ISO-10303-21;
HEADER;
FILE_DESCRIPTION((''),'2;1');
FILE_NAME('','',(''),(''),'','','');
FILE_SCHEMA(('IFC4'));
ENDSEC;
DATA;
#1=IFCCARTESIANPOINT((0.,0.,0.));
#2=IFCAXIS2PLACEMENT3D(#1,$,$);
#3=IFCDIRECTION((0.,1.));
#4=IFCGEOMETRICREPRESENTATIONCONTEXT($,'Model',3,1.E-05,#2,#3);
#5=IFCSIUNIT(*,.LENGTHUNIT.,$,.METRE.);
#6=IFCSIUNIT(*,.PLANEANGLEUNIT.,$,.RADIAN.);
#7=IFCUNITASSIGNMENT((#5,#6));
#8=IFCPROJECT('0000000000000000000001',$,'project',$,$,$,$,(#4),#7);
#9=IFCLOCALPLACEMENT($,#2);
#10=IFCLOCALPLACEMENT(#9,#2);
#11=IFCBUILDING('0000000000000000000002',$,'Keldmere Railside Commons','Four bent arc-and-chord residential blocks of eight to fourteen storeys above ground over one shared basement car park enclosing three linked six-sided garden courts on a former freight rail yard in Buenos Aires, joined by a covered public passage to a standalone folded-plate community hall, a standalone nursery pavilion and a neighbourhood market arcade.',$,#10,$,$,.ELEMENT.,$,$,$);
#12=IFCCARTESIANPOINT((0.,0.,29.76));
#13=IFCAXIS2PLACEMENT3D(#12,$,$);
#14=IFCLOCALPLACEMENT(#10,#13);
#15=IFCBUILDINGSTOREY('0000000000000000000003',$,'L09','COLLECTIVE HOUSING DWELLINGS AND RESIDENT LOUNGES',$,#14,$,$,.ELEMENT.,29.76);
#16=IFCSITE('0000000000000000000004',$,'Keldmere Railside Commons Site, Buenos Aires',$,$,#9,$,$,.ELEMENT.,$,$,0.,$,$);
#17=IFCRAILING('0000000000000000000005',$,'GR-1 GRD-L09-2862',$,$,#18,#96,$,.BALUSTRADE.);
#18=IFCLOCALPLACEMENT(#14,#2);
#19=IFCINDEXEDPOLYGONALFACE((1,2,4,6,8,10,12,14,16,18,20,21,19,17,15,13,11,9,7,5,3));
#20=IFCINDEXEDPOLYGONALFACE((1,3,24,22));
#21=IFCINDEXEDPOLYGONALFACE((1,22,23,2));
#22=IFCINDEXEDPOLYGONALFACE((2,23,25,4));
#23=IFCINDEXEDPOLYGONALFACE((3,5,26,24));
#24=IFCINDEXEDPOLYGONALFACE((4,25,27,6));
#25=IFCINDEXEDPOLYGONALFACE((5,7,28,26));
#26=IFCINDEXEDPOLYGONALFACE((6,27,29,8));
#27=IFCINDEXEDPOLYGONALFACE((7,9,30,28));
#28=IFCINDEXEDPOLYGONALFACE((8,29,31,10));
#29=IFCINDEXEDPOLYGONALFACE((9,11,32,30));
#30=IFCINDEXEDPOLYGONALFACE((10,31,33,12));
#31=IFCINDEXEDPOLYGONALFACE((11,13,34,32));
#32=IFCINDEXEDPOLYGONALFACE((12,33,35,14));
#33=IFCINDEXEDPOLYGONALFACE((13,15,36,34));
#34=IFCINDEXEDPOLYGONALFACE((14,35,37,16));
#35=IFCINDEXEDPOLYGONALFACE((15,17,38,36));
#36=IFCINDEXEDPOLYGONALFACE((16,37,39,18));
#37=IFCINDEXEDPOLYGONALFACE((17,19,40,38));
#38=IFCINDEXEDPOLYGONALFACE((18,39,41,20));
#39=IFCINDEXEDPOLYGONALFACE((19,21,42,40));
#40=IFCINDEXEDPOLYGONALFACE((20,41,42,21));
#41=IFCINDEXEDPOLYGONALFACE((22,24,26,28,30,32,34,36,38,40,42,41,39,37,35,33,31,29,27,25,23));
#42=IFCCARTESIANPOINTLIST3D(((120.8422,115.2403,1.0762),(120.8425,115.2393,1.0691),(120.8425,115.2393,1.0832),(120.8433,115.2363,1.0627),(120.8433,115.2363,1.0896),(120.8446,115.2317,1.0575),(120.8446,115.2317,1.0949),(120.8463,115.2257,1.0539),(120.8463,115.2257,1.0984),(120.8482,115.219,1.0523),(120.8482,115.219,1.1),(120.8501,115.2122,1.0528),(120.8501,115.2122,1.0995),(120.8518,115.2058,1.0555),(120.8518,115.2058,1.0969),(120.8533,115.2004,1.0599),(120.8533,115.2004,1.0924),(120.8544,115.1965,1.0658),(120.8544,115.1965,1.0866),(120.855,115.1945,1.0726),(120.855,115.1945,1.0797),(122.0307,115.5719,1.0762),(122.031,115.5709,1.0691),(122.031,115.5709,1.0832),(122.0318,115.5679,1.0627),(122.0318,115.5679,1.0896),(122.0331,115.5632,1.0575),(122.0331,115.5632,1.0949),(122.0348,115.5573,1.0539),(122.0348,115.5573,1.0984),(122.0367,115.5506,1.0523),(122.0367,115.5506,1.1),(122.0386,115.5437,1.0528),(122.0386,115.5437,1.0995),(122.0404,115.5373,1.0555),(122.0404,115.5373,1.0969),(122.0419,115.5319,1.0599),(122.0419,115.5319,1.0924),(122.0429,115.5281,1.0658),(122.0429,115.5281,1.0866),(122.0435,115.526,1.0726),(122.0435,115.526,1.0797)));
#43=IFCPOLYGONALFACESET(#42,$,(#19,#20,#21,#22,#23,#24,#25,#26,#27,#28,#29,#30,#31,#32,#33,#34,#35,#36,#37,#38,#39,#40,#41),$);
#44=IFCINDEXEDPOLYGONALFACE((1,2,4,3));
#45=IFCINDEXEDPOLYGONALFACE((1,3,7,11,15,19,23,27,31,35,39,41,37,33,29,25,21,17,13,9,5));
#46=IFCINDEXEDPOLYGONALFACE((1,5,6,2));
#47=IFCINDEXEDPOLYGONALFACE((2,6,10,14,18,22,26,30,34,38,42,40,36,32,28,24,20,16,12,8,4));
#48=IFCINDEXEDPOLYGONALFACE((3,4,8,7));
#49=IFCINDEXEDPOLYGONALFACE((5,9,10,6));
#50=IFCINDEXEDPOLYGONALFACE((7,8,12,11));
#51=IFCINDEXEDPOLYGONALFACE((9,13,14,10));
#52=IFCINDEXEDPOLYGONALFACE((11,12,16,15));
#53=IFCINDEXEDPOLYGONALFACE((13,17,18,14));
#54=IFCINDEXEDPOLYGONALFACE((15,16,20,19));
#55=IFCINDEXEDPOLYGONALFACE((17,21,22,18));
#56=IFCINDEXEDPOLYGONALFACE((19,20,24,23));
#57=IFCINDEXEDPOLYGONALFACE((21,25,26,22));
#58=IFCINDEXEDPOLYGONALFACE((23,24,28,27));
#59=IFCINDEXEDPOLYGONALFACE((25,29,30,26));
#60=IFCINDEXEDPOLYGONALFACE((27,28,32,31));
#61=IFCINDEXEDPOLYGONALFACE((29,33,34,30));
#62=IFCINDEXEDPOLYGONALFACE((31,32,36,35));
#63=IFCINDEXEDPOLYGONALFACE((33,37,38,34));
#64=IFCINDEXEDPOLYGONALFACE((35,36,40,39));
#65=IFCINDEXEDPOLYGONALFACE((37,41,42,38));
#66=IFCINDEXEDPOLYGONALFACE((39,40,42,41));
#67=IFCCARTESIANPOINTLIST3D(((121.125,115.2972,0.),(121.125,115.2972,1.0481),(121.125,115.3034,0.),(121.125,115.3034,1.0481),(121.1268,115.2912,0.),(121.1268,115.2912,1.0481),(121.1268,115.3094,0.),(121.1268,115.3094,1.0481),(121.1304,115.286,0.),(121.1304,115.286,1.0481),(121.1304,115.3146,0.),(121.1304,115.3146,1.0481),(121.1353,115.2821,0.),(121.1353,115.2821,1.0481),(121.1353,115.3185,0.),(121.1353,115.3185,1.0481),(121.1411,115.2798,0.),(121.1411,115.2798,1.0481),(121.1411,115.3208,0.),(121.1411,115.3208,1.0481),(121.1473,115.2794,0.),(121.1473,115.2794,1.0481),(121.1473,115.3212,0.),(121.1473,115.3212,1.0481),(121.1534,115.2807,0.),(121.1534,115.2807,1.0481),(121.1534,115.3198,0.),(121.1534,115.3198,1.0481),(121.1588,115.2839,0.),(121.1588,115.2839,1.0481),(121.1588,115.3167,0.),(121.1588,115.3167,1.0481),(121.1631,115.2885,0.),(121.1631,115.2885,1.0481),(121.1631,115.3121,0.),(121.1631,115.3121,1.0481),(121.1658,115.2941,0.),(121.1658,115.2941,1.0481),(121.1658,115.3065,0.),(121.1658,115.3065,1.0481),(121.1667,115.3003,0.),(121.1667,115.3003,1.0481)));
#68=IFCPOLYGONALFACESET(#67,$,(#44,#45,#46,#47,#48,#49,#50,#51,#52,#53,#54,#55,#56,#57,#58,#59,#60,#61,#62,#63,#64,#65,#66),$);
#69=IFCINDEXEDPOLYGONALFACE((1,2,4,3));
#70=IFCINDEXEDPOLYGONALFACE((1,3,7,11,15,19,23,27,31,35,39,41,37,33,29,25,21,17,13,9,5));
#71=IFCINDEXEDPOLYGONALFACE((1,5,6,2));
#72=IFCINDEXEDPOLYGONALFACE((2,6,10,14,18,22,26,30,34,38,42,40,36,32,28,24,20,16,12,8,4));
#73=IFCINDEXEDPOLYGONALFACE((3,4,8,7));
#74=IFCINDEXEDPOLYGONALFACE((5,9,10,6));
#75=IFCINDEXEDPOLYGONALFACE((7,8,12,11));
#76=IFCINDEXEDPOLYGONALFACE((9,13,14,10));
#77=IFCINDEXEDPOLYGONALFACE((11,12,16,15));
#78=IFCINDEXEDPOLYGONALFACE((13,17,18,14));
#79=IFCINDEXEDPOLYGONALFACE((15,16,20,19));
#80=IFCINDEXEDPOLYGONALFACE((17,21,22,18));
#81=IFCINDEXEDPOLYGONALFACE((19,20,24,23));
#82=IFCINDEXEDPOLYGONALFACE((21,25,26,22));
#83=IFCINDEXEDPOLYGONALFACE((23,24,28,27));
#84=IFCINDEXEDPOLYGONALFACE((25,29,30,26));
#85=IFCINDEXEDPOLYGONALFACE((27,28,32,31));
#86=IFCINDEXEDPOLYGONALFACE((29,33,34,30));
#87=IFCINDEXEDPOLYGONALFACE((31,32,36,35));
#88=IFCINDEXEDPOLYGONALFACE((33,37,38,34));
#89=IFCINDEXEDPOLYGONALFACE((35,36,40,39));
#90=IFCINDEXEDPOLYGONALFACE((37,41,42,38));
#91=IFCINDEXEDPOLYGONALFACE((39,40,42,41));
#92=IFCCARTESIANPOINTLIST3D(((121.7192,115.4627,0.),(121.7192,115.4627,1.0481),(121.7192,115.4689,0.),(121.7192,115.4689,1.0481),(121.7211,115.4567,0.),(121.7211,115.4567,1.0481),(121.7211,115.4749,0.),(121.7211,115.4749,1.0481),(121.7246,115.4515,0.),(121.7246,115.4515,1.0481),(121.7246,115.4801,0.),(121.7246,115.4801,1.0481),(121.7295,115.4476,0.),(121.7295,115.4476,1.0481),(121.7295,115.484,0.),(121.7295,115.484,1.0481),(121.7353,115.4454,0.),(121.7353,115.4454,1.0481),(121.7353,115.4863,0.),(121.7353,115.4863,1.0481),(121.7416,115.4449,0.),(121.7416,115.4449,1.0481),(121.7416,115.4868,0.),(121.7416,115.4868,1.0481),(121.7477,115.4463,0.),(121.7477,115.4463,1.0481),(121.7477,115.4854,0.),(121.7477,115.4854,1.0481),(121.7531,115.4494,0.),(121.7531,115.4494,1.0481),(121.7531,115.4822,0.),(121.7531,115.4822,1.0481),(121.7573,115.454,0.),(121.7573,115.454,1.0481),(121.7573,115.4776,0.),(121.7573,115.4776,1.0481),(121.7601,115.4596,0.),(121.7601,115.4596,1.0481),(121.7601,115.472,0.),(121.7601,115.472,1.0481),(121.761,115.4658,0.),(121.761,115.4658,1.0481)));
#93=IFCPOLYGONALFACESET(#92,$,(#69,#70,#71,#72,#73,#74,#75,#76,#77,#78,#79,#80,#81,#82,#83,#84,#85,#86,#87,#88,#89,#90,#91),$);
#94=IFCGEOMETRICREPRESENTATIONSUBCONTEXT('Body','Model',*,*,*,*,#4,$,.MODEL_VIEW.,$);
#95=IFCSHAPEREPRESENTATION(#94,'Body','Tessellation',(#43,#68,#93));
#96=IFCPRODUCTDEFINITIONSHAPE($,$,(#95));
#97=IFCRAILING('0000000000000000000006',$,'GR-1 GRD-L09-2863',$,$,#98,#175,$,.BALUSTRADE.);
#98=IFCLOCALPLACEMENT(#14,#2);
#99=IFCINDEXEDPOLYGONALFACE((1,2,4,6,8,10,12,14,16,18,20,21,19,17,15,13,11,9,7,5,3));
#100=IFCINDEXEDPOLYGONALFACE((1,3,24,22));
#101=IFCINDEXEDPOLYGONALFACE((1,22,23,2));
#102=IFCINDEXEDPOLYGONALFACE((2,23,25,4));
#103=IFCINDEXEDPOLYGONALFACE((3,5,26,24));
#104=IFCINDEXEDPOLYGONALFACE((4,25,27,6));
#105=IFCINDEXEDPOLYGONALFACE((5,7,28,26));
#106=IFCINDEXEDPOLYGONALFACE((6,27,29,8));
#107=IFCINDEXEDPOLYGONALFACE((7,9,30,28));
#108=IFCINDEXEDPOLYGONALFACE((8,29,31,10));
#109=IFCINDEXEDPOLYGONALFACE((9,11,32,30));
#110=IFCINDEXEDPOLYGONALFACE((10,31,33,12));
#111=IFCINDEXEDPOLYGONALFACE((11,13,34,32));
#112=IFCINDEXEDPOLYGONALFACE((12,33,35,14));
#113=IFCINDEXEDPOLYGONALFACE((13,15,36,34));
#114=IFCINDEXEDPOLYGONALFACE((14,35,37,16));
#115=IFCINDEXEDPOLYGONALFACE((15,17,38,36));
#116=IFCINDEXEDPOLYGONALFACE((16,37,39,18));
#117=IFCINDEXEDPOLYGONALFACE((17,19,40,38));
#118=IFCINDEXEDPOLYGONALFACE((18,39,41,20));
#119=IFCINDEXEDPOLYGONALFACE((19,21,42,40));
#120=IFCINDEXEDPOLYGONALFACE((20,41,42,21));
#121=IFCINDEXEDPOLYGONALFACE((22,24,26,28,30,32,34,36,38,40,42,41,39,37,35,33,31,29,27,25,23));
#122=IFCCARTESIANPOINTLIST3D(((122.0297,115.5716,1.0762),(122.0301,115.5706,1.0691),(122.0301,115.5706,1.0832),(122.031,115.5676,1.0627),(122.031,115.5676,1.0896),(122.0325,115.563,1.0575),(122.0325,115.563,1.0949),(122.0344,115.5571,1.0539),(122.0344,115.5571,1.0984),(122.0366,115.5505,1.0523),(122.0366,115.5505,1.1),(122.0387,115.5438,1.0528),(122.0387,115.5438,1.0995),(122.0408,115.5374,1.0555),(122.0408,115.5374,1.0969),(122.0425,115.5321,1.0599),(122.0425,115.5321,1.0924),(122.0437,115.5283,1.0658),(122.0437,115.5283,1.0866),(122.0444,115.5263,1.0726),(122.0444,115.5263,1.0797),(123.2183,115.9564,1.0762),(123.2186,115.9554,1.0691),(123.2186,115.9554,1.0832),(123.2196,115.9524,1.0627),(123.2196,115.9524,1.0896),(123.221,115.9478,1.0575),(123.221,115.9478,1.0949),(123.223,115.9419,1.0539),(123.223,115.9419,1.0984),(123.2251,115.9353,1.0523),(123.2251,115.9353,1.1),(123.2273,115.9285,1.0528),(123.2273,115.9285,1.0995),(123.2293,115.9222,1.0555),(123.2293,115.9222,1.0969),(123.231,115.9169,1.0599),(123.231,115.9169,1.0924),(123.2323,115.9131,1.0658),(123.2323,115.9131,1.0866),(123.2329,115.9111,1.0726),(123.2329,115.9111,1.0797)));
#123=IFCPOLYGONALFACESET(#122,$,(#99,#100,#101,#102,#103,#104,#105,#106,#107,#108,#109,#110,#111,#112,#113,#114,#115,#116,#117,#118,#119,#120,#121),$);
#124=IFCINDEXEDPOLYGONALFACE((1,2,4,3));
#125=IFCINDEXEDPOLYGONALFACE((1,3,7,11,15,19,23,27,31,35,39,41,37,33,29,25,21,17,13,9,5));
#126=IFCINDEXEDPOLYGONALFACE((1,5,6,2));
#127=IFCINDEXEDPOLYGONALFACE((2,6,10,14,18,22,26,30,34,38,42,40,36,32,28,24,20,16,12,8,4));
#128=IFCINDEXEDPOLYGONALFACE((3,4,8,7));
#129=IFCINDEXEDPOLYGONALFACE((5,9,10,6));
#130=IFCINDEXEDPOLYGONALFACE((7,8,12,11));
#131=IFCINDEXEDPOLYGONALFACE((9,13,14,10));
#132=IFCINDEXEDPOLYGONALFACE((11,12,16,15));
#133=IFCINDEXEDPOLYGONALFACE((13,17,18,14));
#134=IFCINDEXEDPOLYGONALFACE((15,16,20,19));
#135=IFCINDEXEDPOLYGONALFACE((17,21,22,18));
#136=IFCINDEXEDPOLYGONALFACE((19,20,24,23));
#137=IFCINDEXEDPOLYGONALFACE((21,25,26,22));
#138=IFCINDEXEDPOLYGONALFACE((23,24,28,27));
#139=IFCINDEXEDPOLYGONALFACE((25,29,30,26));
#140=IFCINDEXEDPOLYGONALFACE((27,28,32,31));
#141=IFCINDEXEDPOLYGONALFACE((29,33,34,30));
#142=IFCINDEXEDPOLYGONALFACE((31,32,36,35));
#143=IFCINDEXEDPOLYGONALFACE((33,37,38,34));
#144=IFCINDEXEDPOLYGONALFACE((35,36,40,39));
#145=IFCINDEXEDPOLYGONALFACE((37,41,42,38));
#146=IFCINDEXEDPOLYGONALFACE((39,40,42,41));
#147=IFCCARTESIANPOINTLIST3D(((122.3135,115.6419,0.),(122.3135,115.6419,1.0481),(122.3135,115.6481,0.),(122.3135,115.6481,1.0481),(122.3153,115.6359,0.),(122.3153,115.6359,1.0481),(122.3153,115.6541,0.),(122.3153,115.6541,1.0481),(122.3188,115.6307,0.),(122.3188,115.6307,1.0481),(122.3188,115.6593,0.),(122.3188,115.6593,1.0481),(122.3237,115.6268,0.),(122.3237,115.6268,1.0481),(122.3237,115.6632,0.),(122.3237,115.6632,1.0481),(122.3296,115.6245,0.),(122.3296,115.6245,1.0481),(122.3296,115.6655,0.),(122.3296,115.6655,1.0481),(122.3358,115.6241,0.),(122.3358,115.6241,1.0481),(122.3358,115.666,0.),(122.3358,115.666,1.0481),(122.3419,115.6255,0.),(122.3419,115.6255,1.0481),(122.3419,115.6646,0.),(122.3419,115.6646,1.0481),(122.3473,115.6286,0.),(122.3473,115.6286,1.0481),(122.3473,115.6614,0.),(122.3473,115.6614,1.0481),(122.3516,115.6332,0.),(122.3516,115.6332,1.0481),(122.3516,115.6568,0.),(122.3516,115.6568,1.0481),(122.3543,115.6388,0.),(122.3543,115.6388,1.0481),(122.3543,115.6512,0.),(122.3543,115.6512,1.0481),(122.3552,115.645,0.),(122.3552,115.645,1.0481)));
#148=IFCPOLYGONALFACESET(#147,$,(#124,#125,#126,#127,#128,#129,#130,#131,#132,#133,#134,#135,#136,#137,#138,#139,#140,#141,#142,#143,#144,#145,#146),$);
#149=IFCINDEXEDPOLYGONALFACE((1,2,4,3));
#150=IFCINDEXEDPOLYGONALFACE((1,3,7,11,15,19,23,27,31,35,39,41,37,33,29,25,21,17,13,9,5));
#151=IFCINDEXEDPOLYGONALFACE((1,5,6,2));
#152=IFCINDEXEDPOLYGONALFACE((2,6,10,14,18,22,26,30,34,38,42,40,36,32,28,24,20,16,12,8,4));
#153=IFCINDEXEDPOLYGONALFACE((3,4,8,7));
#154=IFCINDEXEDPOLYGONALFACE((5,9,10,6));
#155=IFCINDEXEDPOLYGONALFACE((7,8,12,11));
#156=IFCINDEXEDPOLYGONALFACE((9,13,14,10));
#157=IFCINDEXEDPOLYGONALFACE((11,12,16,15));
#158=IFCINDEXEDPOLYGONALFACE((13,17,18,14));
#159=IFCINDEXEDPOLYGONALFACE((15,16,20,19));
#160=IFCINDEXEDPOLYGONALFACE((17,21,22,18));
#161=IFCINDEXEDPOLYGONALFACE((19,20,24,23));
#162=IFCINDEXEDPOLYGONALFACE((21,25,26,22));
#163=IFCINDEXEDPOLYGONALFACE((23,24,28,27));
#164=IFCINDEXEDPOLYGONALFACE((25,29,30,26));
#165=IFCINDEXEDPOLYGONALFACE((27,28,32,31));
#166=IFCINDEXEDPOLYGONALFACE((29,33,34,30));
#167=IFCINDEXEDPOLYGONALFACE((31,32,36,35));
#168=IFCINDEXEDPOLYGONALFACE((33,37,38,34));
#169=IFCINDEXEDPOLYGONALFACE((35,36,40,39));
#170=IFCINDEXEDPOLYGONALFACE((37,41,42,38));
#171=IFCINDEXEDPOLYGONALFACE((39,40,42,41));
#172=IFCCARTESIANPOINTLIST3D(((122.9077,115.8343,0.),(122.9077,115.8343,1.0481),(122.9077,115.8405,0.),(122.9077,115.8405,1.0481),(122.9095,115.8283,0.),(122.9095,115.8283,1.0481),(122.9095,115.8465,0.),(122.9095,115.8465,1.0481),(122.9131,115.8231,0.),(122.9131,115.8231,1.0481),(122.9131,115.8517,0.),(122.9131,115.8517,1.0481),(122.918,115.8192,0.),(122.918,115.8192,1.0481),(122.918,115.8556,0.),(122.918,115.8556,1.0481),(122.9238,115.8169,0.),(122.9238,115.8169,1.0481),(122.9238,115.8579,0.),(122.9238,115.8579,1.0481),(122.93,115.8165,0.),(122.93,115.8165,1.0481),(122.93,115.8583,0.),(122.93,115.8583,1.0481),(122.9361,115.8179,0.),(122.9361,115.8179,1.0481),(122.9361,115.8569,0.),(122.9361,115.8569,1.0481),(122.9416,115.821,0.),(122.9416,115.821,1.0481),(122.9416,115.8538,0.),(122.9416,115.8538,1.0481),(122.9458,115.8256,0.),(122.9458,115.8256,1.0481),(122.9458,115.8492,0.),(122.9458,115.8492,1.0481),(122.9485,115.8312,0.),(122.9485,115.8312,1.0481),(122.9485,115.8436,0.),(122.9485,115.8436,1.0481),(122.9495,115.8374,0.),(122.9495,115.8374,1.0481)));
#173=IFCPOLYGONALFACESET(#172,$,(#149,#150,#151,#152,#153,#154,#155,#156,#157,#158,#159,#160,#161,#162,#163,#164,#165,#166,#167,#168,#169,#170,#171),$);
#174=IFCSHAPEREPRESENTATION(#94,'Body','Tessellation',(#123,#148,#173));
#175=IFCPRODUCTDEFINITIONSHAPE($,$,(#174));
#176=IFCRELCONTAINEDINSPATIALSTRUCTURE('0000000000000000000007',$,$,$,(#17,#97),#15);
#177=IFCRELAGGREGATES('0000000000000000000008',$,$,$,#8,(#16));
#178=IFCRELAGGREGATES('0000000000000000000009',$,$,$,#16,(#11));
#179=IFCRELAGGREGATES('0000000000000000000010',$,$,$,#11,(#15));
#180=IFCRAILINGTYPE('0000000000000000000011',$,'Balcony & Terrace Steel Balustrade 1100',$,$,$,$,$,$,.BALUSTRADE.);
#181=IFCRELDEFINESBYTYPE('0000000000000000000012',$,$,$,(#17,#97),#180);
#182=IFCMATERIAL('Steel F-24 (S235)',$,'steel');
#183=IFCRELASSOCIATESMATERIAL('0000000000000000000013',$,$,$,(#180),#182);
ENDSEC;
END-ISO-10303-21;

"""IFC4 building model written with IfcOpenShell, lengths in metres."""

from ifc_helpers import new_model, si_unit, direction, frame, origin, origin_2d, place, context, subcontext, project, spatial, circle, extrude, material, type_object, element, save


model = new_model("IFC4")

# Units and contexts
model_context = context("Model", 3, precision=1e-05, world=origin(), true_north=direction((0.0, 1.0)))
body_context = subcontext(model_context, "Body", "Model", "MODEL_VIEW")
ifc_project = project(units=[si_unit("LENGTHUNIT", "METRE"), si_unit("PLANEANGLEUNIT", "RADIAN")], contexts=[model_context])

# Site, building, storey
site_placement = place(None, origin())
site = spatial("IfcSite", under=ifc_project, at=site_placement, Name="Keldmere Railside Commons Site, Buenos Aires", CompositionType="ELEMENT", RefElevation=0.0)
building_placement = place(site_placement, origin())
building = spatial("IfcBuilding", under=site, at=building_placement, Name="Keldmere Railside Commons", Description="Four bent arc-and-chord residential blocks of eight to fourteen storeys above ground over one shared basement car park enclosing three linked six-sided garden courts on a former freight rail yard in Buenos Aires, joined by a covered public passage to a standalone folded-plate community hall, a standalone nursery pavilion and a neighbourhood market arcade.", CompositionType="ELEMENT")
storey_placement = place(building_placement, frame((0.0, 0.0, 29.76)))
storey = spatial("IfcBuildingStorey", under=building, at=storey_placement, Name="L09", Description="COLLECTIVE HOUSING DWELLINGS AND RESIDENT LOUNGES", CompositionType="ELEMENT", Elevation=29.76)

# Railings
ifc_material_1 = material(Name="Steel F-24 (S235)", Category="steel")
railing_type = type_object("IfcRailingType", Name="Balcony & Terrace Steel Balustrade 1100", PredefinedType="BALUSTRADE", material=ifc_material_1)
railing_1_placement = place(storey_placement, frame((120.8486, 115.2173, 0.0)))
element("IfcRailing", 1, at=railing_1_placement, inside=storey, type_object=railing_type, Name="GR-1 GRD-L09-2862", PredefinedType="BALUSTRADE", context=body_context, shape_type="SweptSolid", body=[
    extrude(circle(Radius=0.0239, at=origin_2d()), frame((0.0, 0.0, 1.0762), z_axis=(0.963223, 0.268705, 0.0), x_axis=(-0.268705, 0.963223, 0.0)), (0.0, 0.0, 1.0), 1.2339),
    extrude(circle(Radius=0.021, at=origin_2d()), frame((0.2971, 0.083, 0.0)), (0.0, 0.0, 1.0), 1.0481),
    extrude(circle(Radius=0.021, at=origin_2d()), frame((0.8914, 0.2485, 0.0)), (0.0, 0.0, 1.0), 1.0481),
])
railing_2_placement = place(storey_placement, frame((122.0371, 115.5488, 0.0)))
element("IfcRailing", 2, at=railing_2_placement, inside=storey, type_object=railing_type, Name="GR-1 GRD-L09-2863", PredefinedType="BALUSTRADE", context=body_context, shape_type="SweptSolid", body=[
    extrude(circle(Radius=0.0239, at=origin_2d()), frame((0.0, 0.0, 1.0762), z_axis=(0.951384, 0.308008, 0.0), x_axis=(-0.308008, 0.951384, 0.0)), (0.0, 0.0, 1.0), 1.2493),
    extrude(circle(Radius=0.021, at=origin_2d()), frame((0.2971, 0.0962, 0.0)), (0.0, 0.0, 1.0), 1.0481),
    extrude(circle(Radius=0.021, at=origin_2d()), frame((0.8914, 0.2886, 0.0)), (0.0, 0.0, 1.0), 1.0481),
])

save(model, "model.ifc")
